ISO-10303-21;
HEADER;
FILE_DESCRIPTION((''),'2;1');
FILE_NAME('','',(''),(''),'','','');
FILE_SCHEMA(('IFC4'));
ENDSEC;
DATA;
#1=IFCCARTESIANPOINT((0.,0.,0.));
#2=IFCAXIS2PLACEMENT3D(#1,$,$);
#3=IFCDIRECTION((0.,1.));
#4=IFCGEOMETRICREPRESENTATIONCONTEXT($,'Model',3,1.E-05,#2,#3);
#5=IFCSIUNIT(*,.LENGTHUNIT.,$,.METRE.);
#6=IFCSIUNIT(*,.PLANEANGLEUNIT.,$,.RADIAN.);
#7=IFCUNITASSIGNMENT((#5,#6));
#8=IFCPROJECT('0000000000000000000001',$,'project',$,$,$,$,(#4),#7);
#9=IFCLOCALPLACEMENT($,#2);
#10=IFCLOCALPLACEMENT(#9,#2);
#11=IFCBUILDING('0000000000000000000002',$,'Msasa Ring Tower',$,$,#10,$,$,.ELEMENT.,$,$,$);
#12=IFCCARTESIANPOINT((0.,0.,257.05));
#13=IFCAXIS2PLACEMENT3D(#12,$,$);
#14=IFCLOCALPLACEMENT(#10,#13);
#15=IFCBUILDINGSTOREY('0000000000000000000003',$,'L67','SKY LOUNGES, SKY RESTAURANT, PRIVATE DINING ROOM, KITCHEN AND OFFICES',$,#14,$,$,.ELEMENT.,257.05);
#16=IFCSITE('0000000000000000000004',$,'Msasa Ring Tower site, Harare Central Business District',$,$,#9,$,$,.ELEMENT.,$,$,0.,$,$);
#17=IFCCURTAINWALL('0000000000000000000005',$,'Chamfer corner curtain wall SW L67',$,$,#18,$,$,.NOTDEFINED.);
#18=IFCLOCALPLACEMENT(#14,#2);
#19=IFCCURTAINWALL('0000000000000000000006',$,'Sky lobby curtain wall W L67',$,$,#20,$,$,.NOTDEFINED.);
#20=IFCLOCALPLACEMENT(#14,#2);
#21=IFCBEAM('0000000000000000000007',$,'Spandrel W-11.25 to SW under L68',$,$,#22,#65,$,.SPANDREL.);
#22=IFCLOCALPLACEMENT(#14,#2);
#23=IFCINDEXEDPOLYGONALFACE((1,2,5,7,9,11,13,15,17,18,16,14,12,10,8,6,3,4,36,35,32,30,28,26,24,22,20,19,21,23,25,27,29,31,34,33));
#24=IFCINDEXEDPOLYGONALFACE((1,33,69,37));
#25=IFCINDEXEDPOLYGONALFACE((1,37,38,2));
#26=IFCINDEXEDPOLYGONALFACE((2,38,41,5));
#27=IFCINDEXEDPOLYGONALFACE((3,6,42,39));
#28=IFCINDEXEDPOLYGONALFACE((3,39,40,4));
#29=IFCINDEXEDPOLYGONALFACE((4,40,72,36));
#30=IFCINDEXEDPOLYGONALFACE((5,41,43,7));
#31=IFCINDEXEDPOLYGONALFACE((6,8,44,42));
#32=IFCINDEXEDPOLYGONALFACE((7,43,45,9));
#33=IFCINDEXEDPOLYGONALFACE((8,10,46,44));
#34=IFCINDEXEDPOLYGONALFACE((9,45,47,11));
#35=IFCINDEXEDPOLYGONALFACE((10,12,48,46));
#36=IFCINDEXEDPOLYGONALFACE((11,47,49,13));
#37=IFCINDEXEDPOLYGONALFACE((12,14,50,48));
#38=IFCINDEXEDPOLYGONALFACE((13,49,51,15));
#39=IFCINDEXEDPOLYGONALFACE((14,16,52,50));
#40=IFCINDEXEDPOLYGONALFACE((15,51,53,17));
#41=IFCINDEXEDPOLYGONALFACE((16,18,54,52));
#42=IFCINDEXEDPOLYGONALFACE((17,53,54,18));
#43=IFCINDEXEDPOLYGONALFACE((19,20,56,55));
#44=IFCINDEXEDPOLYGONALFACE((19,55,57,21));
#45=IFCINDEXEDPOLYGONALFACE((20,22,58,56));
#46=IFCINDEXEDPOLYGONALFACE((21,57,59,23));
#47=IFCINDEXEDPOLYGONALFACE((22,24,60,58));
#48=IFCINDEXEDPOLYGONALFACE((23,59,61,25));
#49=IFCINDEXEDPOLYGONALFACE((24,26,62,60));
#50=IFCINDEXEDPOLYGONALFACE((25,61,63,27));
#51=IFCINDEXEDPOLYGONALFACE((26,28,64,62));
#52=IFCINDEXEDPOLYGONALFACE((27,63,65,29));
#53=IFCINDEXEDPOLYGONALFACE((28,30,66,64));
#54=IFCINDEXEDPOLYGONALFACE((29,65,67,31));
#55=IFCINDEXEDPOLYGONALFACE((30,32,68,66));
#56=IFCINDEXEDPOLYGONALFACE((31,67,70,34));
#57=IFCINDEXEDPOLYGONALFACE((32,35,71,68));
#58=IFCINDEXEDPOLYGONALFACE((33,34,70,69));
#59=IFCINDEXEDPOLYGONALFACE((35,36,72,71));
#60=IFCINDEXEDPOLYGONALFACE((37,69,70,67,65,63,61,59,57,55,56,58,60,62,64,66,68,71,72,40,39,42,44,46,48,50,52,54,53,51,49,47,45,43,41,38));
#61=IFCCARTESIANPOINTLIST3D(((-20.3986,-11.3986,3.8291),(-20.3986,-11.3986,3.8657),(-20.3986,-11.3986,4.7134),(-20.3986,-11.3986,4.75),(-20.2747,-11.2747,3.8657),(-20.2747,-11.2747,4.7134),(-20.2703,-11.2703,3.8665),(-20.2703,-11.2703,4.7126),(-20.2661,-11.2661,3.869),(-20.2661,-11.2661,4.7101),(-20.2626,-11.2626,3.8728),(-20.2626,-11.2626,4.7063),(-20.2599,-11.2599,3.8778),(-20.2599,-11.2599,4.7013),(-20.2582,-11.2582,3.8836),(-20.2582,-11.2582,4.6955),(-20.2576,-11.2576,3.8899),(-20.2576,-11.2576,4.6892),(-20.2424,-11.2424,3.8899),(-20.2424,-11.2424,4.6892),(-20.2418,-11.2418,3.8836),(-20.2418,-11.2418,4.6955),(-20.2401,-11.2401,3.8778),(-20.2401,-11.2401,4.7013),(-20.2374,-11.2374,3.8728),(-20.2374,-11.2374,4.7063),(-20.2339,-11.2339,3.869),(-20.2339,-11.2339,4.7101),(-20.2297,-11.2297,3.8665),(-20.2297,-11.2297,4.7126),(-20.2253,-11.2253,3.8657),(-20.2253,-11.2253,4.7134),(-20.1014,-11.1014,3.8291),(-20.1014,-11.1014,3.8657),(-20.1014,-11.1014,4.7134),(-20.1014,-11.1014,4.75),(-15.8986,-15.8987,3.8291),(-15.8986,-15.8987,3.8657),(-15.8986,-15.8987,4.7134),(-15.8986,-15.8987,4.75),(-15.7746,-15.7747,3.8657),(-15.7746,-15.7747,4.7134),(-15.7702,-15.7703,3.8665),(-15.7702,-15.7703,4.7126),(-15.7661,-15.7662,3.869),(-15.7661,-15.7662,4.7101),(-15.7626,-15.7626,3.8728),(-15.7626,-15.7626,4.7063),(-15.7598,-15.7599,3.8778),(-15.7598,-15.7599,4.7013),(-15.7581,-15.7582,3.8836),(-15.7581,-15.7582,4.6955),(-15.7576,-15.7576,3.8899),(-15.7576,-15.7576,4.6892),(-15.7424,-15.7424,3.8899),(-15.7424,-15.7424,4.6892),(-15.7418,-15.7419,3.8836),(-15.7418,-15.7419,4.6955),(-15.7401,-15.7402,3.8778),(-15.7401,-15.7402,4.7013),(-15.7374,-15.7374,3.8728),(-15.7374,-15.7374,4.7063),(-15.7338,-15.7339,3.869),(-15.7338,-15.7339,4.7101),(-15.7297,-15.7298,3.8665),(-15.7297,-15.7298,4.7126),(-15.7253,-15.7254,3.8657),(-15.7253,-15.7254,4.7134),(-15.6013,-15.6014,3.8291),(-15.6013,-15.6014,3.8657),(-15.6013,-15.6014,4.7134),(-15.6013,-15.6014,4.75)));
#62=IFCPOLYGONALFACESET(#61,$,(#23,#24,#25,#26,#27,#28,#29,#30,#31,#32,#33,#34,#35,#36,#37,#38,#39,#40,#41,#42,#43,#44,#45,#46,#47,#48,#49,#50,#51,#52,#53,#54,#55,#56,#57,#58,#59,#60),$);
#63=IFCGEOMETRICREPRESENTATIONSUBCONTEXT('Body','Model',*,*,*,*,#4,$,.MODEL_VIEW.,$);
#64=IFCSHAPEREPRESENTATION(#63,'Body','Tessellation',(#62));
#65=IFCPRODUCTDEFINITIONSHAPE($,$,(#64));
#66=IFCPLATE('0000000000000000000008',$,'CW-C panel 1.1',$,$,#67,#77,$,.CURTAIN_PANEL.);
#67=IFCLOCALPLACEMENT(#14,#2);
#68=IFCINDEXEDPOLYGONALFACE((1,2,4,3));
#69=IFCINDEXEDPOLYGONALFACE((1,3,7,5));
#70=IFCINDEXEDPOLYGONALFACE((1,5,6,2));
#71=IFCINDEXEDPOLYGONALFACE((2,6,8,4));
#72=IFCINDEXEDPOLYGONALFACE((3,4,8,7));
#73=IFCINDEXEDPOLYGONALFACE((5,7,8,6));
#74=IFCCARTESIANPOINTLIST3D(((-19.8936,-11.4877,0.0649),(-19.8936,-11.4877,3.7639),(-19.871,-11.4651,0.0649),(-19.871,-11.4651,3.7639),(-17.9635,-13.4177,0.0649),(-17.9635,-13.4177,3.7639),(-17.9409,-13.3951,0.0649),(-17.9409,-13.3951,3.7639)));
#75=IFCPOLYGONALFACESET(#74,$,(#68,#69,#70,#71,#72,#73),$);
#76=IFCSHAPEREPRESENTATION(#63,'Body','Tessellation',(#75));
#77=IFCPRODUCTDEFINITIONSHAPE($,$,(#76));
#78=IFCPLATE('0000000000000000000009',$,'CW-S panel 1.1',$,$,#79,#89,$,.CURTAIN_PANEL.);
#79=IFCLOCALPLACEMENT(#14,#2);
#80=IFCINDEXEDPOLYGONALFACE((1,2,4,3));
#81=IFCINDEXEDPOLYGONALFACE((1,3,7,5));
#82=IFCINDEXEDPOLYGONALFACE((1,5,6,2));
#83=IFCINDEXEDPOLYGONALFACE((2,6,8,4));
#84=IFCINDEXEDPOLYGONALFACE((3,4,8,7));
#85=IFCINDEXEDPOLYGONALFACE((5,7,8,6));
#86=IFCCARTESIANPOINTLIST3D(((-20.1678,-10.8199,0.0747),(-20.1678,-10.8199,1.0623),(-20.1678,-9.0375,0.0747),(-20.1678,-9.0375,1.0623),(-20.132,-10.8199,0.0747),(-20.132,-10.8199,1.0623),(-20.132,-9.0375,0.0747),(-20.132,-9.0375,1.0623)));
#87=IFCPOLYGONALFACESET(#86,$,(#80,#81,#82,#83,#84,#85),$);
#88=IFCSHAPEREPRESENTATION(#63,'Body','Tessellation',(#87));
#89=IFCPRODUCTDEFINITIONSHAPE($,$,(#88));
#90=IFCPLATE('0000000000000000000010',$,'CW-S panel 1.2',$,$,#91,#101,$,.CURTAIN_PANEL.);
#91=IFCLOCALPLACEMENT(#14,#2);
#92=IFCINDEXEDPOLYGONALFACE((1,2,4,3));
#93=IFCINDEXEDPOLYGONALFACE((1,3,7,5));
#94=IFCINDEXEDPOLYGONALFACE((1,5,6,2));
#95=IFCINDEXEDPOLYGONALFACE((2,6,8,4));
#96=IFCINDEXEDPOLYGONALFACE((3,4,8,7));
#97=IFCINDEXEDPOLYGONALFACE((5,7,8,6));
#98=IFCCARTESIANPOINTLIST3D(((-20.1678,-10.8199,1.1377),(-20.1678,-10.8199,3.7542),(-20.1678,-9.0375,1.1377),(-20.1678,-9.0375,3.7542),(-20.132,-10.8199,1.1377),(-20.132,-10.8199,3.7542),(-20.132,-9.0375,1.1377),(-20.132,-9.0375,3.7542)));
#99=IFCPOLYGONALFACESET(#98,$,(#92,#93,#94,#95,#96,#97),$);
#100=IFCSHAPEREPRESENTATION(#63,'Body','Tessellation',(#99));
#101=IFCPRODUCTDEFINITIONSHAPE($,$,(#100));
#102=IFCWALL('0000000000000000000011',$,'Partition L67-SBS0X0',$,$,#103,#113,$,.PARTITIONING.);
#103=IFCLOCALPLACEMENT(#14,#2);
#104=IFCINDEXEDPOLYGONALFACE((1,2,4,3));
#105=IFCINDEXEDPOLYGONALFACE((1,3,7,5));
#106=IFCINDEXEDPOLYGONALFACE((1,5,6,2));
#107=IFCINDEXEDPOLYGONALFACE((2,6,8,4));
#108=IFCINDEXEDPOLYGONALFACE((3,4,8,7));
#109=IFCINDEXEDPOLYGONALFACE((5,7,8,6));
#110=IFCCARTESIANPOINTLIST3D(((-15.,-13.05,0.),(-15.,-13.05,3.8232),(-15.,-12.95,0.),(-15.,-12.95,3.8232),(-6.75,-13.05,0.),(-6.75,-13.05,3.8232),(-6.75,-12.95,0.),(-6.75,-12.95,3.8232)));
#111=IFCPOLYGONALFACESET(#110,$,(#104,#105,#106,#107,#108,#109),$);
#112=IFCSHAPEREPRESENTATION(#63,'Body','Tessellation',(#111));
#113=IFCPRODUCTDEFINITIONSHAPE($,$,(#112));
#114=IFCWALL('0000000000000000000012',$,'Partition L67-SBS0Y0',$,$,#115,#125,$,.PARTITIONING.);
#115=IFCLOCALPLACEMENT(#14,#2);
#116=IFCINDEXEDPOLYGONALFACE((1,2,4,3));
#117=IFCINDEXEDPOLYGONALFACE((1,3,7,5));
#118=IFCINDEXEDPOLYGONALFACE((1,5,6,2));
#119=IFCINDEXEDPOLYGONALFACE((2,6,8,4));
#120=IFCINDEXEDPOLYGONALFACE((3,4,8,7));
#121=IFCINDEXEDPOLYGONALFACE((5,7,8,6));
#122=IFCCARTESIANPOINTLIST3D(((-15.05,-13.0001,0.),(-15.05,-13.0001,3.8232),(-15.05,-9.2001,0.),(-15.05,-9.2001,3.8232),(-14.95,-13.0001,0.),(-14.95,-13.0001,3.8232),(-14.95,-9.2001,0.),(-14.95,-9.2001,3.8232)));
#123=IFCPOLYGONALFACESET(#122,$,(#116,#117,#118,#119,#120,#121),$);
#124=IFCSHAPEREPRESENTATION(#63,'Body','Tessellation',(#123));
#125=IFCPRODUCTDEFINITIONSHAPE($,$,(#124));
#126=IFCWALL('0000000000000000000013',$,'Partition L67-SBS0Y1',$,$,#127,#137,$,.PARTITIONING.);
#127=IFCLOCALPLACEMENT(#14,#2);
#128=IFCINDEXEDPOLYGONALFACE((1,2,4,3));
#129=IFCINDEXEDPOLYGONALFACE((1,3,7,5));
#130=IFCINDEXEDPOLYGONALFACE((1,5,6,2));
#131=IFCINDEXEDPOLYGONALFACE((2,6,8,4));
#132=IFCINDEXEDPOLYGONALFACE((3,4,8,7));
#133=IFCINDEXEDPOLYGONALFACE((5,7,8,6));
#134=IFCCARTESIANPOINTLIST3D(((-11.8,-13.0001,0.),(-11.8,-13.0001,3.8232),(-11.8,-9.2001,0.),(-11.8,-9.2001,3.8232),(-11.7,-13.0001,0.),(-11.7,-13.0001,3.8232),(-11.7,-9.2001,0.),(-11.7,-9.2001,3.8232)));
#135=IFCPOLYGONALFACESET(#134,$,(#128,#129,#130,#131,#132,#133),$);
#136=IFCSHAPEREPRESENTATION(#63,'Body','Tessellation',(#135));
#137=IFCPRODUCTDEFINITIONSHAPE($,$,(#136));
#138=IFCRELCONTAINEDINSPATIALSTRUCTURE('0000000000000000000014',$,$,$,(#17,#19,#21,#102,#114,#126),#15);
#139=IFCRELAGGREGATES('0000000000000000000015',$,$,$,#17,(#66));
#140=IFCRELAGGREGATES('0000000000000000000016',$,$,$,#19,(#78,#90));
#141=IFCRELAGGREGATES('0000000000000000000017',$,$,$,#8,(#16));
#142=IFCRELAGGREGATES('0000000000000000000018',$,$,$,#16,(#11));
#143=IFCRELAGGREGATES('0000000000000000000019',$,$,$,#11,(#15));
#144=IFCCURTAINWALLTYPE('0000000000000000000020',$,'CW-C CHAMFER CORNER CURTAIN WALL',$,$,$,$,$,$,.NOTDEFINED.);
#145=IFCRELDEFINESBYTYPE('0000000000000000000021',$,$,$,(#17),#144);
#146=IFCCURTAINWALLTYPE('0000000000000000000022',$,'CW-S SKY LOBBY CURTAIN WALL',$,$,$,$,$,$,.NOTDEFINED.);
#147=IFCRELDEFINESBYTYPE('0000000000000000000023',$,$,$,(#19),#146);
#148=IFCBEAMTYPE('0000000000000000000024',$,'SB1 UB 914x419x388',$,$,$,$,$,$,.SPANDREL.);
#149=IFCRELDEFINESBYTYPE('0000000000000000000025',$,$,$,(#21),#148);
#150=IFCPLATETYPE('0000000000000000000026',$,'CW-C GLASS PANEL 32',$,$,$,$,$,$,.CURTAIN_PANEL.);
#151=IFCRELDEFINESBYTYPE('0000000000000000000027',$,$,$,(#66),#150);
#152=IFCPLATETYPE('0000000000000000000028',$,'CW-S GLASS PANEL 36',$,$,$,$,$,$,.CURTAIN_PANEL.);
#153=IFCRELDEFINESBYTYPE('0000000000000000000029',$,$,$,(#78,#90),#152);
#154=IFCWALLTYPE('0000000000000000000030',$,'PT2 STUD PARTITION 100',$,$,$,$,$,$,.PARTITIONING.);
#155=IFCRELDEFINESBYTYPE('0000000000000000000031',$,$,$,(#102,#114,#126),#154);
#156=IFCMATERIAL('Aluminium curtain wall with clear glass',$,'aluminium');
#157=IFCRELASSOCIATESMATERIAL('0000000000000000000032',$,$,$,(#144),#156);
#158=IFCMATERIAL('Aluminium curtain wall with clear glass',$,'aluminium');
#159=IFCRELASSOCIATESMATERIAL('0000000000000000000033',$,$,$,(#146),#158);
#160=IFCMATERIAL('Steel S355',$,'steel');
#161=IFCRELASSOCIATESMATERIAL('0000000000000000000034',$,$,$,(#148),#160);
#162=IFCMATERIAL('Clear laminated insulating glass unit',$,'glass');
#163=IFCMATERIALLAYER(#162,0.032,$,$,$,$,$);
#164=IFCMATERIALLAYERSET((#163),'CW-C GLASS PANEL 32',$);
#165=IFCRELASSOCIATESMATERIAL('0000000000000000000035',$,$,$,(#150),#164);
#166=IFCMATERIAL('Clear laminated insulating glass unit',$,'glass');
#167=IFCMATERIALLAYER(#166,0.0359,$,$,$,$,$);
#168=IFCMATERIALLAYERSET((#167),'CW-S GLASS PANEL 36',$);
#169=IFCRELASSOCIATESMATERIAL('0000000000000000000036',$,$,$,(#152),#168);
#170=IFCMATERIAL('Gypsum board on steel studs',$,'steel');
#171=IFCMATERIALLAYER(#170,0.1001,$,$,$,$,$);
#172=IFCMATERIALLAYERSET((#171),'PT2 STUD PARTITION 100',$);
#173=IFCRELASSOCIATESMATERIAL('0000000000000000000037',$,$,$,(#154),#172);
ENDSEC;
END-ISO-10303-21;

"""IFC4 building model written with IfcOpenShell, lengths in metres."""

from ifc_helpers import new_model, si_unit, direction, frame, frame_2d, origin, origin_2d, place, context, subcontext, project, spatial, rectangle, i_section, extrude, material, layer, layer_set, material_profile, profile_set, type_object, element, aggregate, save


model = new_model("IFC4")

# Units and contexts
model_context = context("Model", 3, precision=1e-05, world=origin(), true_north=direction((0.0, 1.0)))
body_context = subcontext(model_context, "Body", "Model", "MODEL_VIEW")
ifc_project = project(units=[si_unit("LENGTHUNIT", "METRE"), si_unit("PLANEANGLEUNIT", "RADIAN")], contexts=[model_context])

# Site, building, storey
site_placement = place(None, origin())
site = spatial("IfcSite", under=ifc_project, at=site_placement, Name="Msasa Ring Tower site, Harare Central Business District", CompositionType="ELEMENT", RefElevation=0.0)
building_placement = place(site_placement, origin())
building = spatial("IfcBuilding", under=site, at=building_placement, Name="Msasa Ring Tower", CompositionType="ELEMENT")
storey_placement = place(building_placement, frame((0.0, 0.0, 257.05)))
storey = spatial("IfcBuildingStorey", under=building, at=storey_placement, Name="L67", Description="SKY LOUNGES, SKY RESTAURANT, PRIVATE DINING ROOM, KITCHEN AND OFFICES", CompositionType="ELEMENT", Elevation=257.05)

# Curtain walls
ifc_material_1 = material(Name="Aluminium curtain wall with clear glass", Category="aluminium")
curtain_wall_type_1 = type_object("IfcCurtainWallType", Name="CW-C CHAMFER CORNER CURTAIN WALL", PredefinedType="NOTDEFINED", material=ifc_material_1)
curtain_wall_1_placement = place(storey_placement, origin())
curtain_wall_1 = element("IfcCurtainWall", 1, at=curtain_wall_1_placement, inside=storey, type_object=curtain_wall_type_1, Name="Chamfer corner curtain wall SW L67", PredefinedType="NOTDEFINED")
ifc_material_2 = material(Name="Aluminium curtain wall with clear glass", Category="aluminium")
curtain_wall_type_2 = type_object("IfcCurtainWallType", Name="CW-S SKY LOBBY CURTAIN WALL", PredefinedType="NOTDEFINED", material=ifc_material_2)
curtain_wall_2_placement = place(storey_placement, origin())
curtain_wall_2 = element("IfcCurtainWall", 2, at=curtain_wall_2_placement, inside=storey, type_object=curtain_wall_type_2, Name="Sky lobby curtain wall W L67", PredefinedType="NOTDEFINED")

# Beam
ifc_material_3 = material(Name="Steel S355", Category="steel")
ifc_material_profile_1 = material_profile(ifc_material_3, i_section(OverallWidth=0.4204, OverallDepth=0.9209, WebThickness=0.0215, FlangeThickness=0.0366, FilletRadius=0.0242, at=origin_2d()), Name="UB 914x419x388")
ifc_profile_set_1 = profile_set([ifc_material_profile_1], Name="Steel S355")
beam_type = type_object("IfcBeamType", Name="SB1 UB 914x419x388", PredefinedType="SPANDREL", material=ifc_profile_set_1)
beam_placement = place(storey_placement, frame((-20.25, -11.25, 4.2896), z_axis=(0.707107, -0.707107, 0.0), x_axis=(0.707107, 0.707107, 0.0)))
element("IfcBeam", 3, at=beam_placement, inside=storey, type_object=beam_type, Name="Spandrel W-11.25 to SW under L68", PredefinedType="SPANDREL", context=body_context, shape_type="SweptSolid", body=[
    extrude(i_section(OverallWidth=0.4204, OverallDepth=0.9209, WebThickness=0.0215, FlangeThickness=0.0366, FilletRadius=0.0242, at=origin_2d()), origin(), (0.0, 0.0, 1.0), 6.364),
])

# Plates
ifc_material_4 = material(Name="Clear laminated insulating glass unit", Category="glass")
ifc_layer_1 = layer(ifc_material_4, 0.032)
ifc_layer_set_1 = layer_set([ifc_layer_1], Name="CW-C GLASS PANEL 32")
plate_type_1 = type_object("IfcPlateType", Name="CW-C GLASS PANEL 32", PredefinedType="CURTAIN_PANEL", material=ifc_layer_set_1)
plate_1_placement = place(storey_placement, frame((-18.9172, -12.4414, 0.0649), z_axis=(0.0, 0.0, 1.0), x_axis=(0.707107, -0.707107, 0.0)))
plate_1 = element("IfcPlate", 4, at=plate_1_placement, type_object=plate_type_1, Name="CW-C panel 1.1", PredefinedType="CURTAIN_PANEL", context=body_context, shape_type="SweptSolid", body=[
    extrude(rectangle(XDim=2.7295, YDim=0.032, at=origin_2d()), origin(), (0.0, 0.0, 1.0), 3.699),
])
aggregate(curtain_wall_1, [plate_1])
ifc_material_5 = material(Name="Clear laminated insulating glass unit", Category="glass")
ifc_layer_2 = layer(ifc_material_5, 0.0359)
ifc_layer_set_2 = layer_set([ifc_layer_2], Name="CW-S GLASS PANEL 36")
plate_type_2 = type_object("IfcPlateType", Name="CW-S GLASS PANEL 36", PredefinedType="CURTAIN_PANEL", material=ifc_layer_set_2)
plate_2_placement = place(storey_placement, frame((-20.1499, -9.9287, 0.0747), z_axis=(0.0, 0.0, 1.0), x_axis=(0.0, 1.0, 0.0)))
plate_2 = element("IfcPlate", 5, at=plate_2_placement, type_object=plate_type_2, Name="CW-S panel 1.1", PredefinedType="CURTAIN_PANEL", context=body_context, shape_type="SweptSolid", body=[
    extrude(rectangle(XDim=1.7825, YDim=0.0359, at=origin_2d()), origin(), (0.0, 0.0, 1.0), 0.9875),
])
plate_3_placement = place(storey_placement, frame((-20.1499, -9.9287, 1.1377), z_axis=(0.0, 0.0, 1.0), x_axis=(0.0, 1.0, 0.0)))
plate_3 = element("IfcPlate", 6, at=plate_3_placement, type_object=plate_type_2, Name="CW-S panel 1.2", PredefinedType="CURTAIN_PANEL", context=body_context, shape_type="SweptSolid", body=[
    extrude(rectangle(XDim=1.7825, YDim=0.0359, at=origin_2d()), origin(), (0.0, 0.0, 1.0), 2.6165),
])
aggregate(curtain_wall_2, [plate_2, plate_3])

# Walls
ifc_material_6 = material(Name="Gypsum board on steel studs", Category="steel")
ifc_layer_3 = layer(ifc_material_6, 0.1001)
ifc_layer_set_3 = layer_set([ifc_layer_3], Name="PT2 STUD PARTITION 100")
wall_type_1 = type_object("IfcWallType", Name="PT2 STUD PARTITION 100", PredefinedType="PARTITIONING", material=ifc_layer_set_3)
wall_1_placement = place(storey_placement, frame((-15.0, -13.0, 0.0), z_axis=(0.0, 0.0, 1.0), x_axis=(1.0, 0.0, 0.0)))
element("IfcWall", 7, at=wall_1_placement, inside=storey, type_object=wall_type_1, Name="Partition L67-SBS0X0", PredefinedType="PARTITIONING", context=body_context, shape_type="SweptSolid", body=[
    extrude(rectangle(XDim=8.25, YDim=0.1001, at=frame_2d((4.125, 0.0))), origin(), (0.0, 0.0, 1.0), 3.8232),
])
for number, where, z_axis, x_axis, name in (
    (8, (-15.0, -13.0, 0.0), (0.0, 0.0, 1.0), (0.0, 1.0, 0.0), "Partition L67-SBS0Y0"),
    (9, (-11.75, -13.0, 0.0), (0.0, 0.0, 1.0), (0.0, 1.0, 0.0), "Partition L67-SBS0Y1"),
):
    element("IfcWall", number, at=place(storey_placement, frame(where, z_axis=z_axis, x_axis=x_axis)), inside=storey, type_object=wall_type_1, Name=name, PredefinedType="PARTITIONING", context=body_context, shape_type="SweptSolid", body=[
        extrude(rectangle(XDim=3.8, YDim=0.1001, at=frame_2d((1.8999, 0.0))), origin(), (0.0, 0.0, 1.0), 3.8232),
    ])

save(model, "model.ifc")
